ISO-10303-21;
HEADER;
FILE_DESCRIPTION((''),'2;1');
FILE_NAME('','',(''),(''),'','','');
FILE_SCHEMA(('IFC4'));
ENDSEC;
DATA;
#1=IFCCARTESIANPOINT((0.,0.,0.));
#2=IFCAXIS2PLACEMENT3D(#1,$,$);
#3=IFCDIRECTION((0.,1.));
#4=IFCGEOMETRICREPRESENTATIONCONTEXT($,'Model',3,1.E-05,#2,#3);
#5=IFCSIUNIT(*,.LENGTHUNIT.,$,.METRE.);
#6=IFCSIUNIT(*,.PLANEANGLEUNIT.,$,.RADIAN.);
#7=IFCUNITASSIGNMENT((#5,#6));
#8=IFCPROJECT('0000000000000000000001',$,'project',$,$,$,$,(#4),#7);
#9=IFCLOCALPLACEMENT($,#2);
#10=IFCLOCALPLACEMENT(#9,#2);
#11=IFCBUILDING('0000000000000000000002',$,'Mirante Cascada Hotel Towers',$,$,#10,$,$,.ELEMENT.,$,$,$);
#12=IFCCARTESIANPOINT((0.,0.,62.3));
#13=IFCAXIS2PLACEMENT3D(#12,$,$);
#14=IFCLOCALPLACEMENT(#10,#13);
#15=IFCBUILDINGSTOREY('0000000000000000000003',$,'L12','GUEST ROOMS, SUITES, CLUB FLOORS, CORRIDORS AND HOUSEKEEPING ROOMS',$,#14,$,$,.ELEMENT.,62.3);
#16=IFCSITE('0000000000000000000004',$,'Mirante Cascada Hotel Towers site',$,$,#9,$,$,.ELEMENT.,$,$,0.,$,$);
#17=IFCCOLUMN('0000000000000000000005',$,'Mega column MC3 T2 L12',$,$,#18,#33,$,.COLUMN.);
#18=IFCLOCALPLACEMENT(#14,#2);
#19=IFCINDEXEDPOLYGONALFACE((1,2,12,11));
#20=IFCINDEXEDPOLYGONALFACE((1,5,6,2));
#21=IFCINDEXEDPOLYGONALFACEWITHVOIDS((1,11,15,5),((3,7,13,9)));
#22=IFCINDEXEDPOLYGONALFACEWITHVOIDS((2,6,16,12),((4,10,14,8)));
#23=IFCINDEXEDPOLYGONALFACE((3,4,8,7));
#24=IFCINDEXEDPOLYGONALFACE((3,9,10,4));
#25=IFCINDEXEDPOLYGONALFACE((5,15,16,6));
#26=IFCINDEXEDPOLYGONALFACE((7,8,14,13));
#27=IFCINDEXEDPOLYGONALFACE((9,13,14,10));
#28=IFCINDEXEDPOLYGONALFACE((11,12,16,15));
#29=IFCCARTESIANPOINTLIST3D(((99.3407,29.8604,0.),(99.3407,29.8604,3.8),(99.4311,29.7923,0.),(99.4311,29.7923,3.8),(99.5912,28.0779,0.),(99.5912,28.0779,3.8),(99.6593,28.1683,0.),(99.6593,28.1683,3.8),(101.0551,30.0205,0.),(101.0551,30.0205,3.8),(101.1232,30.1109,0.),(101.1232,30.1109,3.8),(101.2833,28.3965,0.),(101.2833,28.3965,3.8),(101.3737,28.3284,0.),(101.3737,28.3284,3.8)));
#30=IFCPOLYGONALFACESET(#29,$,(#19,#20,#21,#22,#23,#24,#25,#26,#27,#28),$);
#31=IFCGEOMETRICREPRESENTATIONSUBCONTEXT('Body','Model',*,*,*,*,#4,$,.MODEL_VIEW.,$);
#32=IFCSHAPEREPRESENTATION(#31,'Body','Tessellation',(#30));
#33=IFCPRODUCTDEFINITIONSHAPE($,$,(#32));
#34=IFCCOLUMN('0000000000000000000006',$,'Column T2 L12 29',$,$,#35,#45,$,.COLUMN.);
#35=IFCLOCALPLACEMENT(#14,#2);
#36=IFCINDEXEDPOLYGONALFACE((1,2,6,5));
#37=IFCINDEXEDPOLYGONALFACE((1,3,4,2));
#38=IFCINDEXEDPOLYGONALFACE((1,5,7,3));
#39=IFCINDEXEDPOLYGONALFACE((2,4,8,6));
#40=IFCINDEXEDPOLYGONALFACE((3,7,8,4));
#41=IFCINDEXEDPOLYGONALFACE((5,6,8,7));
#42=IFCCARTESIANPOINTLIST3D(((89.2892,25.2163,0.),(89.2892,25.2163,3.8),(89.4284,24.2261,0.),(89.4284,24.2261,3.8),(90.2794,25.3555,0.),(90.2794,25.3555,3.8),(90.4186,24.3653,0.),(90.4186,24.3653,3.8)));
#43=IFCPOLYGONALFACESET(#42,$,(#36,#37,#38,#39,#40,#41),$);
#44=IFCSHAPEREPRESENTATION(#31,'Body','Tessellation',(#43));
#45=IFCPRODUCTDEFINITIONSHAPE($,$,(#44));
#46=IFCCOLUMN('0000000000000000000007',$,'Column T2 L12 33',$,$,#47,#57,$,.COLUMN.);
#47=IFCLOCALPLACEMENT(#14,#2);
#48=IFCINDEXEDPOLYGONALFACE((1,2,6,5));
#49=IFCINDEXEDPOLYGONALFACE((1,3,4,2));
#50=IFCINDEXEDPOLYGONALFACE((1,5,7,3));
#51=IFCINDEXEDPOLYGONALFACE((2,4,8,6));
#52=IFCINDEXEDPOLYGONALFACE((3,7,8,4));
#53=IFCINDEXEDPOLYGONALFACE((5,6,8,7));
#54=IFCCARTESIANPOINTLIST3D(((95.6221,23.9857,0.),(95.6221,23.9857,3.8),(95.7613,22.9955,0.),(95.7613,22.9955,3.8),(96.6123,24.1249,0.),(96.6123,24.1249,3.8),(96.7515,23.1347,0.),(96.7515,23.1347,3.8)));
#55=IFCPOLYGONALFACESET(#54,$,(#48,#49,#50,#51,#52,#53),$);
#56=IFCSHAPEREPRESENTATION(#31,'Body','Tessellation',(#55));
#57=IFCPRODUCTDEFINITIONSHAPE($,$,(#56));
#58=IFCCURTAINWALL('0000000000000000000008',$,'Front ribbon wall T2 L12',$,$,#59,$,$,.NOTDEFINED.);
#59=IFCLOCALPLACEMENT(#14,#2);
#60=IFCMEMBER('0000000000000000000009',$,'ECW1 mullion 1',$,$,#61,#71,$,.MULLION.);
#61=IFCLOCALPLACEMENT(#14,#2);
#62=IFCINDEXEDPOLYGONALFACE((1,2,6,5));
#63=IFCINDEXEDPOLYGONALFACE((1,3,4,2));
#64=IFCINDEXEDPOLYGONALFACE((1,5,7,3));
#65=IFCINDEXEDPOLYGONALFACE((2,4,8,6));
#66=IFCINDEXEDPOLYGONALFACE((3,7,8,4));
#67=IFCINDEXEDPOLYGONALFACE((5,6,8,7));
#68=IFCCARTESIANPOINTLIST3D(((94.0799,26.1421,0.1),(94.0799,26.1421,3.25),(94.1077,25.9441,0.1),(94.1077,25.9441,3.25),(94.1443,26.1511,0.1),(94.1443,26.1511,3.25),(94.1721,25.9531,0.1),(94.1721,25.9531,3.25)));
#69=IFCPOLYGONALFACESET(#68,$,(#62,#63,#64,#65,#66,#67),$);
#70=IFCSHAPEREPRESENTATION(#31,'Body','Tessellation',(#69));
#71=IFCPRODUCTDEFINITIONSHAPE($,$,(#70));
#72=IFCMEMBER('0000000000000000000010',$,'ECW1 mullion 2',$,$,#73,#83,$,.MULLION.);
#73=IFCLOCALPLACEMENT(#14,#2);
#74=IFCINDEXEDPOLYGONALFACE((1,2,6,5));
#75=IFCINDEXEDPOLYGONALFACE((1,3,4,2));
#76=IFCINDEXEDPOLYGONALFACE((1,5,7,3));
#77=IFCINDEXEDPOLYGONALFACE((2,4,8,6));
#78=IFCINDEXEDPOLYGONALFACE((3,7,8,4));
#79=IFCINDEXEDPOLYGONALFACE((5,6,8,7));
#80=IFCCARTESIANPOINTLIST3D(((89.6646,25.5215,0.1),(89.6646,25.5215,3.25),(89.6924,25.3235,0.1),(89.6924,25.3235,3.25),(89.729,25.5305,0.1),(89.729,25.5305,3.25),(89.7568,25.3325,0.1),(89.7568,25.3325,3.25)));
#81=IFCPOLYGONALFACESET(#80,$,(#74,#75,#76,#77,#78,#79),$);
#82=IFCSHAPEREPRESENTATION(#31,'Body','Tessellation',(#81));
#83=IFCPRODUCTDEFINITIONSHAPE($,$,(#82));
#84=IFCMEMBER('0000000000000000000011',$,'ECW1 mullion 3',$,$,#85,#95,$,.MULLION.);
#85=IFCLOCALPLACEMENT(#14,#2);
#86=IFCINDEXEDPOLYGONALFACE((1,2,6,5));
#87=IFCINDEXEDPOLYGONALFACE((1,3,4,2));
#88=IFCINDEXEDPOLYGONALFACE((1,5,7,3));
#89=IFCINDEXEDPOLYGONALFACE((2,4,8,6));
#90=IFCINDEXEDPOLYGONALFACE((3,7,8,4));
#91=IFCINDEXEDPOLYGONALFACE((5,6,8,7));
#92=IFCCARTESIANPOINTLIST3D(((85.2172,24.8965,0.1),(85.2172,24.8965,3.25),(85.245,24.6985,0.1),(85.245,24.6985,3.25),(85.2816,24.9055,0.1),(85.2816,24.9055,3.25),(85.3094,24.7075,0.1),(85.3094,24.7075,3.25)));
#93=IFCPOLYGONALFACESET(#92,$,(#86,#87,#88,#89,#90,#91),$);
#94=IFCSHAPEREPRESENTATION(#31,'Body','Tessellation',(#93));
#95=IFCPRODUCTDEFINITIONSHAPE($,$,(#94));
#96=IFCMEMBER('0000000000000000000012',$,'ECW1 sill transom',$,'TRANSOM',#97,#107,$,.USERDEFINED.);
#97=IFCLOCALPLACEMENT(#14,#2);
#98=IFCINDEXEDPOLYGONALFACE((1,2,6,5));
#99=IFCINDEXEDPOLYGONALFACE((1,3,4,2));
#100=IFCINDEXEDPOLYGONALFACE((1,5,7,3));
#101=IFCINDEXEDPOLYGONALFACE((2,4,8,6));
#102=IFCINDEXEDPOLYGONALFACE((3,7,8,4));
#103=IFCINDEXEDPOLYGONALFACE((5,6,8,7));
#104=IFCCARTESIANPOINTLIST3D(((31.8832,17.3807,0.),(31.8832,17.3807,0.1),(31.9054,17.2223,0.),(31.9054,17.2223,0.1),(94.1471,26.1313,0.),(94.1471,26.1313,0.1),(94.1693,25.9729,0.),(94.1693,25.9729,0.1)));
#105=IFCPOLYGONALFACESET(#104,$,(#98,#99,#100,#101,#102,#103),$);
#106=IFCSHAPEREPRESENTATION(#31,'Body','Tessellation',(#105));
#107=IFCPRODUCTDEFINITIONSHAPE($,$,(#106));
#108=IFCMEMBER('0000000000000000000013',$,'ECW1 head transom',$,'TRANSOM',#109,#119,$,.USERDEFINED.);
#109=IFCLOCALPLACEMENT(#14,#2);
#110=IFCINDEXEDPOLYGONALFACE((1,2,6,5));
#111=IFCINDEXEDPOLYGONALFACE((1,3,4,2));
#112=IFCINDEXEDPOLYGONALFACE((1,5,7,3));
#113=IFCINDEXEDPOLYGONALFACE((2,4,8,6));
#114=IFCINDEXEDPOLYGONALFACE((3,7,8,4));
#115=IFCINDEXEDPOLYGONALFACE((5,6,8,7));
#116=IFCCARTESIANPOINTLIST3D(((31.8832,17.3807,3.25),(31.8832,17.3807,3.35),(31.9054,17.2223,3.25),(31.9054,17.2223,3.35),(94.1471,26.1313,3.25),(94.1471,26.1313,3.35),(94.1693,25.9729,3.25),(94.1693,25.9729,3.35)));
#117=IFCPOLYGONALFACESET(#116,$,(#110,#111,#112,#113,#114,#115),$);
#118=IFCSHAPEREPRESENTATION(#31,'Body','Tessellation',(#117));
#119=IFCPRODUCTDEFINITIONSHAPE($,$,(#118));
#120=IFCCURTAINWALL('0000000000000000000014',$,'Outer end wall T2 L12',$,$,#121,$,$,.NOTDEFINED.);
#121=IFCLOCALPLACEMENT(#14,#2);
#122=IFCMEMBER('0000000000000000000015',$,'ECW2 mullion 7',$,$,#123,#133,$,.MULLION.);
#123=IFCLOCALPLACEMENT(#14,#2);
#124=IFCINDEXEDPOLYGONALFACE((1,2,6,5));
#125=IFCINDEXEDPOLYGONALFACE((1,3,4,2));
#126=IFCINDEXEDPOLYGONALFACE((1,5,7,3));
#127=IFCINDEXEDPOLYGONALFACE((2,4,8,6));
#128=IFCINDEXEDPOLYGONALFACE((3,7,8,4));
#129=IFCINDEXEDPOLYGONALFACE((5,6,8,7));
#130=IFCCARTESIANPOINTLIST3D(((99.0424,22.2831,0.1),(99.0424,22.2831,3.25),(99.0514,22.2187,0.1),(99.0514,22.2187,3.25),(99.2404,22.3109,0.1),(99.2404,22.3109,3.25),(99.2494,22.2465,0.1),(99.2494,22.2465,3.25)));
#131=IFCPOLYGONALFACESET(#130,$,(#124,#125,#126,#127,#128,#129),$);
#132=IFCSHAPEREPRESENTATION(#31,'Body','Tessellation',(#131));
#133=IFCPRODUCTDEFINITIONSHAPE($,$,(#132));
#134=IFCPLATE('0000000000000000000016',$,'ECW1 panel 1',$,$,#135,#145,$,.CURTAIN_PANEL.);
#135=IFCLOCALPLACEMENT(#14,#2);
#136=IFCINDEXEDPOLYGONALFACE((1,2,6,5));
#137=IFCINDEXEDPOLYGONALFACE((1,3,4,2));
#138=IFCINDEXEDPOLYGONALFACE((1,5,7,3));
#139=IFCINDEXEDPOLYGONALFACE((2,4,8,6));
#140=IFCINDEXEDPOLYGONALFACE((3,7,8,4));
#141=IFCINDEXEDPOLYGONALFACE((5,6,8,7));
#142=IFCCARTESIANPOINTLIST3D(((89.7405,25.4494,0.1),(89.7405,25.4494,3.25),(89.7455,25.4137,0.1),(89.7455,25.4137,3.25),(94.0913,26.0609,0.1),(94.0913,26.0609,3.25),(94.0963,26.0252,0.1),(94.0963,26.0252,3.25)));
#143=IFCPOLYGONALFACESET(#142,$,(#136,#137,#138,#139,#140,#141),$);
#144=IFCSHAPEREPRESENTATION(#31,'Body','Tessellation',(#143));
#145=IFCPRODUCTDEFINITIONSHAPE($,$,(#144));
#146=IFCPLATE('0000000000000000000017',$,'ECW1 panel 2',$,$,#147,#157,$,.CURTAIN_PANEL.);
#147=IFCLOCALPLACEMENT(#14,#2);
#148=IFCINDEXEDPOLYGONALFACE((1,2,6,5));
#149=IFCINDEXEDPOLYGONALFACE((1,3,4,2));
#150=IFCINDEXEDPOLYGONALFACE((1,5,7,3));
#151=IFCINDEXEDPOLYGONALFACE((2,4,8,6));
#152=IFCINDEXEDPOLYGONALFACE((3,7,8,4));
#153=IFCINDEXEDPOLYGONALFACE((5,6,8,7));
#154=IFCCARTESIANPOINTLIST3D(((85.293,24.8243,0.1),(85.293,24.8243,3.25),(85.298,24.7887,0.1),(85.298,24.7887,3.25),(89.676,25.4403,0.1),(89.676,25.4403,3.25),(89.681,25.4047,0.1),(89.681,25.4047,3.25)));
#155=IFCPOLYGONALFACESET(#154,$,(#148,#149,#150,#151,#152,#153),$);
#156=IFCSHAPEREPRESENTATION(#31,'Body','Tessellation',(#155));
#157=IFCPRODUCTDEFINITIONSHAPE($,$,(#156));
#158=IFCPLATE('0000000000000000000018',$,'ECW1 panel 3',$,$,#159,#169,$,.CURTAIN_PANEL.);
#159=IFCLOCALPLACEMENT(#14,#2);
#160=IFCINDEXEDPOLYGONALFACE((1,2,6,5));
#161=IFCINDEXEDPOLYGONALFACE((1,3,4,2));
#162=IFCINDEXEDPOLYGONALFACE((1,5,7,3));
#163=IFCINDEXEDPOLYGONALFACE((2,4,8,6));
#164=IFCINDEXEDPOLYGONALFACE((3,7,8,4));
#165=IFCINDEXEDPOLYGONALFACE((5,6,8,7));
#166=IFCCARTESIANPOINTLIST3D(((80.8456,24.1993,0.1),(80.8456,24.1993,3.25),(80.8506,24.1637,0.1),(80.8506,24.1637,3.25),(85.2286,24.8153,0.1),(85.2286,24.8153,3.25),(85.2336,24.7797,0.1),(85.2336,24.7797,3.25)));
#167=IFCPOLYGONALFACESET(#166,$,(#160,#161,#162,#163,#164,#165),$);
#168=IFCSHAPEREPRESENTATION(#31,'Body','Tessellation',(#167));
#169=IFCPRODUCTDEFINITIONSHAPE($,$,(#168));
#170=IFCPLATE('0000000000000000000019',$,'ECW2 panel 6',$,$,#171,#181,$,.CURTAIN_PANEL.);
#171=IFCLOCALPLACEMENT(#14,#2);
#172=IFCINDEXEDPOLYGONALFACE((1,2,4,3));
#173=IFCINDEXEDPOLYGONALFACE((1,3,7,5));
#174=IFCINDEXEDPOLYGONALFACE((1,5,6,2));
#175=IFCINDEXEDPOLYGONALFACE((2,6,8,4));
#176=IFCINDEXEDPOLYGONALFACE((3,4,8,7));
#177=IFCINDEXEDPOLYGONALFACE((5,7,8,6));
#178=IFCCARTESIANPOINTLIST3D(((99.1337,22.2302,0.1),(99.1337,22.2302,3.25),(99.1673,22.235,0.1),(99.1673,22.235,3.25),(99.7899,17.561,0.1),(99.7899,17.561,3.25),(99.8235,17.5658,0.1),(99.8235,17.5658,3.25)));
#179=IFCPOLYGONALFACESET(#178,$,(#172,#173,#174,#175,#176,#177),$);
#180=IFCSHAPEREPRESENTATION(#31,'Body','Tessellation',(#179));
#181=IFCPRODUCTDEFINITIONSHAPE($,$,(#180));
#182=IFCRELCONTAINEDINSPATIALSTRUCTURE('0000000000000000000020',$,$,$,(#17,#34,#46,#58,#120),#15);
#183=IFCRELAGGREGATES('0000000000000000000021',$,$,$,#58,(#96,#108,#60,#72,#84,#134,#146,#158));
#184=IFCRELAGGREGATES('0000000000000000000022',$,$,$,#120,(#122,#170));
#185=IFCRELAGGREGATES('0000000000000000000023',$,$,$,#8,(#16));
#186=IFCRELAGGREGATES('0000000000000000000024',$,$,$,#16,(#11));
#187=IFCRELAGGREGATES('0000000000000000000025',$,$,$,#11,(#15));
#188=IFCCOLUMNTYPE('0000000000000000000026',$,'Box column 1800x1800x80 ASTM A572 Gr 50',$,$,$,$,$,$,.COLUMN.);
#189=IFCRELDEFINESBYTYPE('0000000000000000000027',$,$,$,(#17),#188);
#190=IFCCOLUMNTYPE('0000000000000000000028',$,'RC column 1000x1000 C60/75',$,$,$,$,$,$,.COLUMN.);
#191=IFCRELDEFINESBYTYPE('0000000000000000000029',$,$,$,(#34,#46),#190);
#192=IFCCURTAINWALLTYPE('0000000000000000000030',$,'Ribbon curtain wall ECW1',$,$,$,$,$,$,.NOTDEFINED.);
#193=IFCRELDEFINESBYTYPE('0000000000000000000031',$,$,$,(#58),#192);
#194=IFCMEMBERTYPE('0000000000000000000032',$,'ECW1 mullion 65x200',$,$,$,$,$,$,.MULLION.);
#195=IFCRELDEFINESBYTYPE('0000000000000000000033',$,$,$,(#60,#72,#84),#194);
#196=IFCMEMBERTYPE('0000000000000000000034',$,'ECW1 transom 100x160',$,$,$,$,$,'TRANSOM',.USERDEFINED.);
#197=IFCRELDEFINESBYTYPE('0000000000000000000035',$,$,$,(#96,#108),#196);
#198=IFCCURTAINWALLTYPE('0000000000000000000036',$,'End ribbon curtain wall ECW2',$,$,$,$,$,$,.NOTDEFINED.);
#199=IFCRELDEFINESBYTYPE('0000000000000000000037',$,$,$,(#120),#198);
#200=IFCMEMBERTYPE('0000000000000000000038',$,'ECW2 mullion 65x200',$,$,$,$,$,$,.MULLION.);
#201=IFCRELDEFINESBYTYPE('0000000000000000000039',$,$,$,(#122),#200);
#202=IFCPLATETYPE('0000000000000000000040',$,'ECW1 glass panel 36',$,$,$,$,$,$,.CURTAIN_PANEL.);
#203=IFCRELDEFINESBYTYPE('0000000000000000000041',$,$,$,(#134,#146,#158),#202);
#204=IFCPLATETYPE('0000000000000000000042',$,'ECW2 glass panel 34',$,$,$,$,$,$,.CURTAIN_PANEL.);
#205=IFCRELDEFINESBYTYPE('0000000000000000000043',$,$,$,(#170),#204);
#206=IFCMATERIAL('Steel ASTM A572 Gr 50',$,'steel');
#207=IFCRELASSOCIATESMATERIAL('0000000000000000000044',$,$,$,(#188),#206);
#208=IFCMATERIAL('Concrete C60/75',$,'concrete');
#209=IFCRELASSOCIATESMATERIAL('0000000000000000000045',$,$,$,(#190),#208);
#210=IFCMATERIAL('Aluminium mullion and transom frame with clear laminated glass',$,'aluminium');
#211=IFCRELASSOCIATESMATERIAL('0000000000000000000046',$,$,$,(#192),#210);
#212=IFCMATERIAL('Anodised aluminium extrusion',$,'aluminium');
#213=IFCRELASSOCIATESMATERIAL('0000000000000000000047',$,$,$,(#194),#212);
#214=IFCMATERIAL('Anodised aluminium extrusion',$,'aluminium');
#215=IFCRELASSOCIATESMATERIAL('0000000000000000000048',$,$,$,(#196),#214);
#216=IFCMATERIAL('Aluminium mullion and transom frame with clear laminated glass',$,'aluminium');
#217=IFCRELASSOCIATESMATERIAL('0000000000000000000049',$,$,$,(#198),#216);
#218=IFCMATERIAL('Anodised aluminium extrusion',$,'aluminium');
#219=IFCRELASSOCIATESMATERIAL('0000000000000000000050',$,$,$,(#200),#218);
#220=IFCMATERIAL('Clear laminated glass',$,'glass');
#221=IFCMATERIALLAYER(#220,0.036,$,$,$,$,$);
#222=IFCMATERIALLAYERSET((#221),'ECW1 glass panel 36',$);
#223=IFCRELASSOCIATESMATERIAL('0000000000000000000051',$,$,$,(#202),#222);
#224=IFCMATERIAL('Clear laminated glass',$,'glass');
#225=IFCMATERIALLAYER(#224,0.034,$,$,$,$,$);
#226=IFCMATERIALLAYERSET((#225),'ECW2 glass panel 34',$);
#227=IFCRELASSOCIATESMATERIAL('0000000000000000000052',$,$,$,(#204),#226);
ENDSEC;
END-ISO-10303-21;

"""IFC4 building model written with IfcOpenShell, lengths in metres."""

from ifc_helpers import new_model, si_unit, direction, frame, origin, origin_2d, place, context, subcontext, project, spatial, rectangle, hollow_rectangle, extrude, material, layer, layer_set, material_profile, profile_set, type_object, element, aggregate, save


model = new_model("IFC4")

# Units and contexts
model_context = context("Model", 3, precision=1e-05, world=origin(), true_north=direction((0.0, 1.0)))
body_context = subcontext(model_context, "Body", "Model", "MODEL_VIEW")
ifc_project = project(units=[si_unit("LENGTHUNIT", "METRE"), si_unit("PLANEANGLEUNIT", "RADIAN")], contexts=[model_context])

# Site, building, storey
site_placement = place(None, origin())
site = spatial("IfcSite", under=ifc_project, at=site_placement, Name="Mirante Cascada Hotel Towers site", CompositionType="ELEMENT", RefElevation=0.0)
building_placement = place(site_placement, origin())
building = spatial("IfcBuilding", under=site, at=building_placement, Name="Mirante Cascada Hotel Towers", CompositionType="ELEMENT")
storey_placement = place(building_placement, frame((0.0, 0.0, 62.3)))
storey = spatial("IfcBuildingStorey", under=building, at=storey_placement, Name="L12", Description="GUEST ROOMS, SUITES, CLUB FLOORS, CORRIDORS AND HOUSEKEEPING ROOMS", CompositionType="ELEMENT", Elevation=62.3)

# Columns
ifc_material_1 = material(Name="Steel ASTM A572 Gr 50", Category="steel")
ifc_material_profile_1 = material_profile(ifc_material_1, hollow_rectangle(XDim=1.8, YDim=1.8, WallThickness=0.08, at=origin_2d()), Name="Box column 1800x1800x80 ASTM A572 Gr 50")
ifc_profile_set_1 = profile_set([ifc_material_profile_1], Name="Steel ASTM A572 Gr 50")
column_type_1 = type_object("IfcColumnType", Name="Box column 1800x1800x80 ASTM A572 Gr 50", PredefinedType="COLUMN", material=ifc_profile_set_1)
column_placement = place(storey_placement, frame((100.3572, 29.0944, 0.0), z_axis=(0.0, 0.0, 1.0), x_axis=(0.990268, 0.139173, 0.0)))
element("IfcColumn", 1, at=column_placement, inside=storey, type_object=column_type_1, Name="Mega column MC3 T2 L12", PredefinedType="COLUMN", context=body_context, shape_type="SweptSolid", body=[
    extrude(hollow_rectangle(XDim=1.8, YDim=1.8, WallThickness=0.08, at=origin_2d()), origin(), (0.0, 0.0, 1.0), 3.8),
])
ifc_material_2 = material(Name="Concrete C60/75", Category="concrete")
ifc_material_profile_2 = material_profile(ifc_material_2, rectangle(XDim=1.0, YDim=1.0, at=origin_2d()), Name="RC column 1000x1000 C60/75")
ifc_profile_set_2 = profile_set([ifc_material_profile_2], Name="Concrete C60/75")
column_type_2 = type_object("IfcColumnType", Name="RC column 1000x1000 C60/75", PredefinedType="COLUMN", material=ifc_profile_set_2)
for number, where, z_axis, x_axis, name in (
    (2, (89.8539, 24.7908, 0.0), (0.0, 0.0, 1.0), (0.990268, 0.139173, 0.0), "Column T2 L12 29"),
    (3, (96.1868, 23.5602, 0.0), (0.0, 0.0, 1.0), (0.990268, 0.139173, 0.0), "Column T2 L12 33"),
):
    element("IfcColumn", number, at=place(storey_placement, frame(where, z_axis=z_axis, x_axis=x_axis)), inside=storey, type_object=column_type_2, Name=name, PredefinedType="COLUMN", context=body_context, shape_type="SweptSolid", body=[
        extrude(rectangle(XDim=1.0, YDim=1.0, at=origin_2d()), origin(), (0.0, 0.0, 1.0), 3.8),
    ])

# Curtain wall, members
ifc_material_3 = material(Name="Aluminium mullion and transom frame with clear laminated glass", Category="aluminium")
curtain_wall_type_1 = type_object("IfcCurtainWallType", Name="Ribbon curtain wall ECW1", PredefinedType="NOTDEFINED", material=ifc_material_3)
curtain_wall_1_placement = place(storey_placement, origin())
curtain_wall_1 = element("IfcCurtainWall", 4, at=curtain_wall_1_placement, inside=storey, type_object=curtain_wall_type_1, Name="Front ribbon wall T2 L12", PredefinedType="NOTDEFINED")
ifc_material_4 = material(Name="Anodised aluminium extrusion", Category="aluminium")
ifc_material_profile_3 = material_profile(ifc_material_4, rectangle(XDim=0.2, YDim=0.065, at=origin_2d()), Name="ECW1 MULLION 65x200")
ifc_profile_set_3 = profile_set([ifc_material_profile_3], Name="Anodised aluminium extrusion")
member_type_1 = type_object("IfcMemberType", Name="ECW1 mullion 65x200", PredefinedType="MULLION", material=ifc_profile_set_3)
member_1_placement = place(storey_placement, frame((94.126, 26.0476, 0.1), z_axis=(0.0, 0.0, 1.0), x_axis=(0.139173, -0.990268, 0.0)))
member_1 = element("IfcMember", 5, at=member_1_placement, type_object=member_type_1, Name="ECW1 mullion 1", PredefinedType="MULLION", context=body_context, shape_type="SweptSolid", body=[
    extrude(rectangle(XDim=0.2, YDim=0.065, at=origin_2d()), origin(), (0.0, 0.0, 1.0), 3.15),
])
member_2_placement = place(storey_placement, frame((89.7107, 25.427, 0.1), z_axis=(0.0, 0.0, 1.0), x_axis=(0.139173, -0.990268, 0.0)))
member_2 = element("IfcMember", 6, at=member_2_placement, type_object=member_type_1, Name="ECW1 mullion 2", PredefinedType="MULLION", context=body_context, shape_type="SweptSolid", body=[
    extrude(rectangle(XDim=0.2, YDim=0.065, at=origin_2d()), origin(), (0.0, 0.0, 1.0), 3.15),
])
member_3_placement = place(storey_placement, frame((85.2633, 24.802, 0.1), z_axis=(0.0, 0.0, 1.0), x_axis=(0.139173, -0.990268, 0.0)))
member_3 = element("IfcMember", 7, at=member_3_placement, type_object=member_type_1, Name="ECW1 mullion 3", PredefinedType="MULLION", context=body_context, shape_type="SweptSolid", body=[
    extrude(rectangle(XDim=0.2, YDim=0.065, at=origin_2d()), origin(), (0.0, 0.0, 1.0), 3.15),
])
ifc_material_5 = material(Name="Anodised aluminium extrusion", Category="aluminium")
ifc_material_profile_4 = material_profile(ifc_material_5, rectangle(XDim=0.16, YDim=0.1, at=origin_2d()), Name="ECW1 TRANSOM 100x160")
ifc_profile_set_4 = profile_set([ifc_material_profile_4], Name="Anodised aluminium extrusion")
member_type_2 = type_object("IfcMemberType", Name="ECW1 transom 100x160", ElementType="TRANSOM", PredefinedType="USERDEFINED", material=ifc_profile_set_4)
member_4_placement = place(storey_placement, frame((94.1582, 26.0521, 0.05), z_axis=(-0.990268, -0.139173, 0.0), x_axis=(0.139173, -0.990268, 0.0)))
member_4 = element("IfcMember", 8, at=member_4_placement, type_object=member_type_2, Name="ECW1 sill transom", ObjectType="TRANSOM", PredefinedType="USERDEFINED", context=body_context, shape_type="SweptSolid", body=[
    extrude(rectangle(XDim=0.16, YDim=0.1, at=origin_2d()), origin(), (0.0, 0.0, 1.0), 62.8758),
])
member_5_placement = place(storey_placement, frame((94.1582, 26.0521, 3.3), z_axis=(-0.990268, -0.139173, 0.0), x_axis=(0.139173, -0.990268, 0.0)))
member_5 = element("IfcMember", 9, at=member_5_placement, type_object=member_type_2, Name="ECW1 head transom", ObjectType="TRANSOM", PredefinedType="USERDEFINED", context=body_context, shape_type="SweptSolid", body=[
    extrude(rectangle(XDim=0.16, YDim=0.1, at=origin_2d()), origin(), (0.0, 0.0, 1.0), 62.8758),
])

# Curtain wall, member
ifc_material_6 = material(Name="Aluminium mullion and transom frame with clear laminated glass", Category="aluminium")
curtain_wall_type_2 = type_object("IfcCurtainWallType", Name="End ribbon curtain wall ECW2", PredefinedType="NOTDEFINED", material=ifc_material_6)
curtain_wall_2_placement = place(storey_placement, origin())
curtain_wall_2 = element("IfcCurtainWall", 10, at=curtain_wall_2_placement, inside=storey, type_object=curtain_wall_type_2, Name="Outer end wall T2 L12", PredefinedType="NOTDEFINED")
ifc_material_7 = material(Name="Anodised aluminium extrusion", Category="aluminium")
ifc_material_profile_5 = material_profile(ifc_material_7, rectangle(XDim=0.2, YDim=0.065, at=origin_2d()), Name="ECW2 MULLION 65x200")
ifc_profile_set_5 = profile_set([ifc_material_profile_5], Name="Anodised aluminium extrusion")
member_type_3 = type_object("IfcMemberType", Name="ECW2 mullion 65x200", PredefinedType="MULLION", material=ifc_profile_set_5)
member_6_placement = place(storey_placement, frame((99.1459, 22.2648, 0.1), z_axis=(0.0, 0.0, 1.0), x_axis=(-0.990268, -0.139173, 0.0)))
member_6 = element("IfcMember", 11, at=member_6_placement, type_object=member_type_3, Name="ECW2 mullion 7", PredefinedType="MULLION", context=body_context, shape_type="SweptSolid", body=[
    extrude(rectangle(XDim=0.2, YDim=0.065, at=origin_2d()), origin(), (0.0, 0.0, 1.0), 3.15),
])

# Plates
ifc_material_8 = material(Name="Clear laminated glass", Category="glass")
ifc_layer_1 = layer(ifc_material_8, 0.036)
ifc_layer_set_1 = layer_set([ifc_layer_1], Name="ECW1 glass panel 36")
plate_type_1 = type_object("IfcPlateType", Name="ECW1 glass panel 36", PredefinedType="CURTAIN_PANEL", material=ifc_layer_set_1)
plate_1_placement = place(storey_placement, frame((91.9184, 25.7373, 0.1), z_axis=(0.0, 0.0, 1.0), x_axis=(-0.990268, -0.139173, 0.0)))
plate_1 = element("IfcPlate", 12, at=plate_1_placement, type_object=plate_type_1, Name="ECW1 panel 1", PredefinedType="CURTAIN_PANEL", context=body_context, shape_type="SweptSolid", body=[
    extrude(rectangle(XDim=4.3936, YDim=0.036, at=origin_2d()), origin(), (0.0, 0.0, 1.0), 3.15),
])
plate_2_placement = place(storey_placement, frame((87.487, 25.1145, 0.1), z_axis=(0.0, 0.0, 1.0), x_axis=(-0.990268, -0.139173, 0.0)))
plate_2 = element("IfcPlate", 13, at=plate_2_placement, type_object=plate_type_1, Name="ECW1 panel 2", PredefinedType="CURTAIN_PANEL", context=body_context, shape_type="SweptSolid", body=[
    extrude(rectangle(XDim=4.4261, YDim=0.036, at=origin_2d()), origin(), (0.0, 0.0, 1.0), 3.15),
])
plate_3_placement = place(storey_placement, frame((83.0396, 24.4895, 0.1), z_axis=(0.0, 0.0, 1.0), x_axis=(-0.990268, -0.139173, 0.0)))
plate_3 = element("IfcPlate", 14, at=plate_3_placement, type_object=plate_type_1, Name="ECW1 panel 3", PredefinedType="CURTAIN_PANEL", context=body_context, shape_type="SweptSolid", body=[
    extrude(rectangle(XDim=4.4261, YDim=0.036, at=origin_2d()), origin(), (0.0, 0.0, 1.0), 3.15),
])
aggregate(curtain_wall_1, [member_4, member_5, member_1, member_2, member_3, plate_1, plate_2, plate_3])
ifc_material_9 = material(Name="Clear laminated glass", Category="glass")
ifc_layer_2 = layer(ifc_material_9, 0.034)
ifc_layer_set_2 = layer_set([ifc_layer_2], Name="ECW2 glass panel 34")
plate_type_2 = type_object("IfcPlateType", Name="ECW2 glass panel 34", PredefinedType="CURTAIN_PANEL", material=ifc_layer_set_2)
plate_4_placement = place(storey_placement, frame((99.4786, 19.898, 0.1), z_axis=(0.0, 0.0, 1.0), x_axis=(-0.139173, 0.990268, 0.0)))
plate_4 = element("IfcPlate", 15, at=plate_4_placement, type_object=plate_type_2, Name="ECW2 panel 6", PredefinedType="CURTAIN_PANEL", context=body_context, shape_type="SweptSolid", body=[
    extrude(rectangle(XDim=4.7151, YDim=0.034, at=origin_2d()), origin(), (0.0, 0.0, 1.0), 3.15),
])
aggregate(curtain_wall_2, [member_6, plate_4])

save(model, "model.ifc")
